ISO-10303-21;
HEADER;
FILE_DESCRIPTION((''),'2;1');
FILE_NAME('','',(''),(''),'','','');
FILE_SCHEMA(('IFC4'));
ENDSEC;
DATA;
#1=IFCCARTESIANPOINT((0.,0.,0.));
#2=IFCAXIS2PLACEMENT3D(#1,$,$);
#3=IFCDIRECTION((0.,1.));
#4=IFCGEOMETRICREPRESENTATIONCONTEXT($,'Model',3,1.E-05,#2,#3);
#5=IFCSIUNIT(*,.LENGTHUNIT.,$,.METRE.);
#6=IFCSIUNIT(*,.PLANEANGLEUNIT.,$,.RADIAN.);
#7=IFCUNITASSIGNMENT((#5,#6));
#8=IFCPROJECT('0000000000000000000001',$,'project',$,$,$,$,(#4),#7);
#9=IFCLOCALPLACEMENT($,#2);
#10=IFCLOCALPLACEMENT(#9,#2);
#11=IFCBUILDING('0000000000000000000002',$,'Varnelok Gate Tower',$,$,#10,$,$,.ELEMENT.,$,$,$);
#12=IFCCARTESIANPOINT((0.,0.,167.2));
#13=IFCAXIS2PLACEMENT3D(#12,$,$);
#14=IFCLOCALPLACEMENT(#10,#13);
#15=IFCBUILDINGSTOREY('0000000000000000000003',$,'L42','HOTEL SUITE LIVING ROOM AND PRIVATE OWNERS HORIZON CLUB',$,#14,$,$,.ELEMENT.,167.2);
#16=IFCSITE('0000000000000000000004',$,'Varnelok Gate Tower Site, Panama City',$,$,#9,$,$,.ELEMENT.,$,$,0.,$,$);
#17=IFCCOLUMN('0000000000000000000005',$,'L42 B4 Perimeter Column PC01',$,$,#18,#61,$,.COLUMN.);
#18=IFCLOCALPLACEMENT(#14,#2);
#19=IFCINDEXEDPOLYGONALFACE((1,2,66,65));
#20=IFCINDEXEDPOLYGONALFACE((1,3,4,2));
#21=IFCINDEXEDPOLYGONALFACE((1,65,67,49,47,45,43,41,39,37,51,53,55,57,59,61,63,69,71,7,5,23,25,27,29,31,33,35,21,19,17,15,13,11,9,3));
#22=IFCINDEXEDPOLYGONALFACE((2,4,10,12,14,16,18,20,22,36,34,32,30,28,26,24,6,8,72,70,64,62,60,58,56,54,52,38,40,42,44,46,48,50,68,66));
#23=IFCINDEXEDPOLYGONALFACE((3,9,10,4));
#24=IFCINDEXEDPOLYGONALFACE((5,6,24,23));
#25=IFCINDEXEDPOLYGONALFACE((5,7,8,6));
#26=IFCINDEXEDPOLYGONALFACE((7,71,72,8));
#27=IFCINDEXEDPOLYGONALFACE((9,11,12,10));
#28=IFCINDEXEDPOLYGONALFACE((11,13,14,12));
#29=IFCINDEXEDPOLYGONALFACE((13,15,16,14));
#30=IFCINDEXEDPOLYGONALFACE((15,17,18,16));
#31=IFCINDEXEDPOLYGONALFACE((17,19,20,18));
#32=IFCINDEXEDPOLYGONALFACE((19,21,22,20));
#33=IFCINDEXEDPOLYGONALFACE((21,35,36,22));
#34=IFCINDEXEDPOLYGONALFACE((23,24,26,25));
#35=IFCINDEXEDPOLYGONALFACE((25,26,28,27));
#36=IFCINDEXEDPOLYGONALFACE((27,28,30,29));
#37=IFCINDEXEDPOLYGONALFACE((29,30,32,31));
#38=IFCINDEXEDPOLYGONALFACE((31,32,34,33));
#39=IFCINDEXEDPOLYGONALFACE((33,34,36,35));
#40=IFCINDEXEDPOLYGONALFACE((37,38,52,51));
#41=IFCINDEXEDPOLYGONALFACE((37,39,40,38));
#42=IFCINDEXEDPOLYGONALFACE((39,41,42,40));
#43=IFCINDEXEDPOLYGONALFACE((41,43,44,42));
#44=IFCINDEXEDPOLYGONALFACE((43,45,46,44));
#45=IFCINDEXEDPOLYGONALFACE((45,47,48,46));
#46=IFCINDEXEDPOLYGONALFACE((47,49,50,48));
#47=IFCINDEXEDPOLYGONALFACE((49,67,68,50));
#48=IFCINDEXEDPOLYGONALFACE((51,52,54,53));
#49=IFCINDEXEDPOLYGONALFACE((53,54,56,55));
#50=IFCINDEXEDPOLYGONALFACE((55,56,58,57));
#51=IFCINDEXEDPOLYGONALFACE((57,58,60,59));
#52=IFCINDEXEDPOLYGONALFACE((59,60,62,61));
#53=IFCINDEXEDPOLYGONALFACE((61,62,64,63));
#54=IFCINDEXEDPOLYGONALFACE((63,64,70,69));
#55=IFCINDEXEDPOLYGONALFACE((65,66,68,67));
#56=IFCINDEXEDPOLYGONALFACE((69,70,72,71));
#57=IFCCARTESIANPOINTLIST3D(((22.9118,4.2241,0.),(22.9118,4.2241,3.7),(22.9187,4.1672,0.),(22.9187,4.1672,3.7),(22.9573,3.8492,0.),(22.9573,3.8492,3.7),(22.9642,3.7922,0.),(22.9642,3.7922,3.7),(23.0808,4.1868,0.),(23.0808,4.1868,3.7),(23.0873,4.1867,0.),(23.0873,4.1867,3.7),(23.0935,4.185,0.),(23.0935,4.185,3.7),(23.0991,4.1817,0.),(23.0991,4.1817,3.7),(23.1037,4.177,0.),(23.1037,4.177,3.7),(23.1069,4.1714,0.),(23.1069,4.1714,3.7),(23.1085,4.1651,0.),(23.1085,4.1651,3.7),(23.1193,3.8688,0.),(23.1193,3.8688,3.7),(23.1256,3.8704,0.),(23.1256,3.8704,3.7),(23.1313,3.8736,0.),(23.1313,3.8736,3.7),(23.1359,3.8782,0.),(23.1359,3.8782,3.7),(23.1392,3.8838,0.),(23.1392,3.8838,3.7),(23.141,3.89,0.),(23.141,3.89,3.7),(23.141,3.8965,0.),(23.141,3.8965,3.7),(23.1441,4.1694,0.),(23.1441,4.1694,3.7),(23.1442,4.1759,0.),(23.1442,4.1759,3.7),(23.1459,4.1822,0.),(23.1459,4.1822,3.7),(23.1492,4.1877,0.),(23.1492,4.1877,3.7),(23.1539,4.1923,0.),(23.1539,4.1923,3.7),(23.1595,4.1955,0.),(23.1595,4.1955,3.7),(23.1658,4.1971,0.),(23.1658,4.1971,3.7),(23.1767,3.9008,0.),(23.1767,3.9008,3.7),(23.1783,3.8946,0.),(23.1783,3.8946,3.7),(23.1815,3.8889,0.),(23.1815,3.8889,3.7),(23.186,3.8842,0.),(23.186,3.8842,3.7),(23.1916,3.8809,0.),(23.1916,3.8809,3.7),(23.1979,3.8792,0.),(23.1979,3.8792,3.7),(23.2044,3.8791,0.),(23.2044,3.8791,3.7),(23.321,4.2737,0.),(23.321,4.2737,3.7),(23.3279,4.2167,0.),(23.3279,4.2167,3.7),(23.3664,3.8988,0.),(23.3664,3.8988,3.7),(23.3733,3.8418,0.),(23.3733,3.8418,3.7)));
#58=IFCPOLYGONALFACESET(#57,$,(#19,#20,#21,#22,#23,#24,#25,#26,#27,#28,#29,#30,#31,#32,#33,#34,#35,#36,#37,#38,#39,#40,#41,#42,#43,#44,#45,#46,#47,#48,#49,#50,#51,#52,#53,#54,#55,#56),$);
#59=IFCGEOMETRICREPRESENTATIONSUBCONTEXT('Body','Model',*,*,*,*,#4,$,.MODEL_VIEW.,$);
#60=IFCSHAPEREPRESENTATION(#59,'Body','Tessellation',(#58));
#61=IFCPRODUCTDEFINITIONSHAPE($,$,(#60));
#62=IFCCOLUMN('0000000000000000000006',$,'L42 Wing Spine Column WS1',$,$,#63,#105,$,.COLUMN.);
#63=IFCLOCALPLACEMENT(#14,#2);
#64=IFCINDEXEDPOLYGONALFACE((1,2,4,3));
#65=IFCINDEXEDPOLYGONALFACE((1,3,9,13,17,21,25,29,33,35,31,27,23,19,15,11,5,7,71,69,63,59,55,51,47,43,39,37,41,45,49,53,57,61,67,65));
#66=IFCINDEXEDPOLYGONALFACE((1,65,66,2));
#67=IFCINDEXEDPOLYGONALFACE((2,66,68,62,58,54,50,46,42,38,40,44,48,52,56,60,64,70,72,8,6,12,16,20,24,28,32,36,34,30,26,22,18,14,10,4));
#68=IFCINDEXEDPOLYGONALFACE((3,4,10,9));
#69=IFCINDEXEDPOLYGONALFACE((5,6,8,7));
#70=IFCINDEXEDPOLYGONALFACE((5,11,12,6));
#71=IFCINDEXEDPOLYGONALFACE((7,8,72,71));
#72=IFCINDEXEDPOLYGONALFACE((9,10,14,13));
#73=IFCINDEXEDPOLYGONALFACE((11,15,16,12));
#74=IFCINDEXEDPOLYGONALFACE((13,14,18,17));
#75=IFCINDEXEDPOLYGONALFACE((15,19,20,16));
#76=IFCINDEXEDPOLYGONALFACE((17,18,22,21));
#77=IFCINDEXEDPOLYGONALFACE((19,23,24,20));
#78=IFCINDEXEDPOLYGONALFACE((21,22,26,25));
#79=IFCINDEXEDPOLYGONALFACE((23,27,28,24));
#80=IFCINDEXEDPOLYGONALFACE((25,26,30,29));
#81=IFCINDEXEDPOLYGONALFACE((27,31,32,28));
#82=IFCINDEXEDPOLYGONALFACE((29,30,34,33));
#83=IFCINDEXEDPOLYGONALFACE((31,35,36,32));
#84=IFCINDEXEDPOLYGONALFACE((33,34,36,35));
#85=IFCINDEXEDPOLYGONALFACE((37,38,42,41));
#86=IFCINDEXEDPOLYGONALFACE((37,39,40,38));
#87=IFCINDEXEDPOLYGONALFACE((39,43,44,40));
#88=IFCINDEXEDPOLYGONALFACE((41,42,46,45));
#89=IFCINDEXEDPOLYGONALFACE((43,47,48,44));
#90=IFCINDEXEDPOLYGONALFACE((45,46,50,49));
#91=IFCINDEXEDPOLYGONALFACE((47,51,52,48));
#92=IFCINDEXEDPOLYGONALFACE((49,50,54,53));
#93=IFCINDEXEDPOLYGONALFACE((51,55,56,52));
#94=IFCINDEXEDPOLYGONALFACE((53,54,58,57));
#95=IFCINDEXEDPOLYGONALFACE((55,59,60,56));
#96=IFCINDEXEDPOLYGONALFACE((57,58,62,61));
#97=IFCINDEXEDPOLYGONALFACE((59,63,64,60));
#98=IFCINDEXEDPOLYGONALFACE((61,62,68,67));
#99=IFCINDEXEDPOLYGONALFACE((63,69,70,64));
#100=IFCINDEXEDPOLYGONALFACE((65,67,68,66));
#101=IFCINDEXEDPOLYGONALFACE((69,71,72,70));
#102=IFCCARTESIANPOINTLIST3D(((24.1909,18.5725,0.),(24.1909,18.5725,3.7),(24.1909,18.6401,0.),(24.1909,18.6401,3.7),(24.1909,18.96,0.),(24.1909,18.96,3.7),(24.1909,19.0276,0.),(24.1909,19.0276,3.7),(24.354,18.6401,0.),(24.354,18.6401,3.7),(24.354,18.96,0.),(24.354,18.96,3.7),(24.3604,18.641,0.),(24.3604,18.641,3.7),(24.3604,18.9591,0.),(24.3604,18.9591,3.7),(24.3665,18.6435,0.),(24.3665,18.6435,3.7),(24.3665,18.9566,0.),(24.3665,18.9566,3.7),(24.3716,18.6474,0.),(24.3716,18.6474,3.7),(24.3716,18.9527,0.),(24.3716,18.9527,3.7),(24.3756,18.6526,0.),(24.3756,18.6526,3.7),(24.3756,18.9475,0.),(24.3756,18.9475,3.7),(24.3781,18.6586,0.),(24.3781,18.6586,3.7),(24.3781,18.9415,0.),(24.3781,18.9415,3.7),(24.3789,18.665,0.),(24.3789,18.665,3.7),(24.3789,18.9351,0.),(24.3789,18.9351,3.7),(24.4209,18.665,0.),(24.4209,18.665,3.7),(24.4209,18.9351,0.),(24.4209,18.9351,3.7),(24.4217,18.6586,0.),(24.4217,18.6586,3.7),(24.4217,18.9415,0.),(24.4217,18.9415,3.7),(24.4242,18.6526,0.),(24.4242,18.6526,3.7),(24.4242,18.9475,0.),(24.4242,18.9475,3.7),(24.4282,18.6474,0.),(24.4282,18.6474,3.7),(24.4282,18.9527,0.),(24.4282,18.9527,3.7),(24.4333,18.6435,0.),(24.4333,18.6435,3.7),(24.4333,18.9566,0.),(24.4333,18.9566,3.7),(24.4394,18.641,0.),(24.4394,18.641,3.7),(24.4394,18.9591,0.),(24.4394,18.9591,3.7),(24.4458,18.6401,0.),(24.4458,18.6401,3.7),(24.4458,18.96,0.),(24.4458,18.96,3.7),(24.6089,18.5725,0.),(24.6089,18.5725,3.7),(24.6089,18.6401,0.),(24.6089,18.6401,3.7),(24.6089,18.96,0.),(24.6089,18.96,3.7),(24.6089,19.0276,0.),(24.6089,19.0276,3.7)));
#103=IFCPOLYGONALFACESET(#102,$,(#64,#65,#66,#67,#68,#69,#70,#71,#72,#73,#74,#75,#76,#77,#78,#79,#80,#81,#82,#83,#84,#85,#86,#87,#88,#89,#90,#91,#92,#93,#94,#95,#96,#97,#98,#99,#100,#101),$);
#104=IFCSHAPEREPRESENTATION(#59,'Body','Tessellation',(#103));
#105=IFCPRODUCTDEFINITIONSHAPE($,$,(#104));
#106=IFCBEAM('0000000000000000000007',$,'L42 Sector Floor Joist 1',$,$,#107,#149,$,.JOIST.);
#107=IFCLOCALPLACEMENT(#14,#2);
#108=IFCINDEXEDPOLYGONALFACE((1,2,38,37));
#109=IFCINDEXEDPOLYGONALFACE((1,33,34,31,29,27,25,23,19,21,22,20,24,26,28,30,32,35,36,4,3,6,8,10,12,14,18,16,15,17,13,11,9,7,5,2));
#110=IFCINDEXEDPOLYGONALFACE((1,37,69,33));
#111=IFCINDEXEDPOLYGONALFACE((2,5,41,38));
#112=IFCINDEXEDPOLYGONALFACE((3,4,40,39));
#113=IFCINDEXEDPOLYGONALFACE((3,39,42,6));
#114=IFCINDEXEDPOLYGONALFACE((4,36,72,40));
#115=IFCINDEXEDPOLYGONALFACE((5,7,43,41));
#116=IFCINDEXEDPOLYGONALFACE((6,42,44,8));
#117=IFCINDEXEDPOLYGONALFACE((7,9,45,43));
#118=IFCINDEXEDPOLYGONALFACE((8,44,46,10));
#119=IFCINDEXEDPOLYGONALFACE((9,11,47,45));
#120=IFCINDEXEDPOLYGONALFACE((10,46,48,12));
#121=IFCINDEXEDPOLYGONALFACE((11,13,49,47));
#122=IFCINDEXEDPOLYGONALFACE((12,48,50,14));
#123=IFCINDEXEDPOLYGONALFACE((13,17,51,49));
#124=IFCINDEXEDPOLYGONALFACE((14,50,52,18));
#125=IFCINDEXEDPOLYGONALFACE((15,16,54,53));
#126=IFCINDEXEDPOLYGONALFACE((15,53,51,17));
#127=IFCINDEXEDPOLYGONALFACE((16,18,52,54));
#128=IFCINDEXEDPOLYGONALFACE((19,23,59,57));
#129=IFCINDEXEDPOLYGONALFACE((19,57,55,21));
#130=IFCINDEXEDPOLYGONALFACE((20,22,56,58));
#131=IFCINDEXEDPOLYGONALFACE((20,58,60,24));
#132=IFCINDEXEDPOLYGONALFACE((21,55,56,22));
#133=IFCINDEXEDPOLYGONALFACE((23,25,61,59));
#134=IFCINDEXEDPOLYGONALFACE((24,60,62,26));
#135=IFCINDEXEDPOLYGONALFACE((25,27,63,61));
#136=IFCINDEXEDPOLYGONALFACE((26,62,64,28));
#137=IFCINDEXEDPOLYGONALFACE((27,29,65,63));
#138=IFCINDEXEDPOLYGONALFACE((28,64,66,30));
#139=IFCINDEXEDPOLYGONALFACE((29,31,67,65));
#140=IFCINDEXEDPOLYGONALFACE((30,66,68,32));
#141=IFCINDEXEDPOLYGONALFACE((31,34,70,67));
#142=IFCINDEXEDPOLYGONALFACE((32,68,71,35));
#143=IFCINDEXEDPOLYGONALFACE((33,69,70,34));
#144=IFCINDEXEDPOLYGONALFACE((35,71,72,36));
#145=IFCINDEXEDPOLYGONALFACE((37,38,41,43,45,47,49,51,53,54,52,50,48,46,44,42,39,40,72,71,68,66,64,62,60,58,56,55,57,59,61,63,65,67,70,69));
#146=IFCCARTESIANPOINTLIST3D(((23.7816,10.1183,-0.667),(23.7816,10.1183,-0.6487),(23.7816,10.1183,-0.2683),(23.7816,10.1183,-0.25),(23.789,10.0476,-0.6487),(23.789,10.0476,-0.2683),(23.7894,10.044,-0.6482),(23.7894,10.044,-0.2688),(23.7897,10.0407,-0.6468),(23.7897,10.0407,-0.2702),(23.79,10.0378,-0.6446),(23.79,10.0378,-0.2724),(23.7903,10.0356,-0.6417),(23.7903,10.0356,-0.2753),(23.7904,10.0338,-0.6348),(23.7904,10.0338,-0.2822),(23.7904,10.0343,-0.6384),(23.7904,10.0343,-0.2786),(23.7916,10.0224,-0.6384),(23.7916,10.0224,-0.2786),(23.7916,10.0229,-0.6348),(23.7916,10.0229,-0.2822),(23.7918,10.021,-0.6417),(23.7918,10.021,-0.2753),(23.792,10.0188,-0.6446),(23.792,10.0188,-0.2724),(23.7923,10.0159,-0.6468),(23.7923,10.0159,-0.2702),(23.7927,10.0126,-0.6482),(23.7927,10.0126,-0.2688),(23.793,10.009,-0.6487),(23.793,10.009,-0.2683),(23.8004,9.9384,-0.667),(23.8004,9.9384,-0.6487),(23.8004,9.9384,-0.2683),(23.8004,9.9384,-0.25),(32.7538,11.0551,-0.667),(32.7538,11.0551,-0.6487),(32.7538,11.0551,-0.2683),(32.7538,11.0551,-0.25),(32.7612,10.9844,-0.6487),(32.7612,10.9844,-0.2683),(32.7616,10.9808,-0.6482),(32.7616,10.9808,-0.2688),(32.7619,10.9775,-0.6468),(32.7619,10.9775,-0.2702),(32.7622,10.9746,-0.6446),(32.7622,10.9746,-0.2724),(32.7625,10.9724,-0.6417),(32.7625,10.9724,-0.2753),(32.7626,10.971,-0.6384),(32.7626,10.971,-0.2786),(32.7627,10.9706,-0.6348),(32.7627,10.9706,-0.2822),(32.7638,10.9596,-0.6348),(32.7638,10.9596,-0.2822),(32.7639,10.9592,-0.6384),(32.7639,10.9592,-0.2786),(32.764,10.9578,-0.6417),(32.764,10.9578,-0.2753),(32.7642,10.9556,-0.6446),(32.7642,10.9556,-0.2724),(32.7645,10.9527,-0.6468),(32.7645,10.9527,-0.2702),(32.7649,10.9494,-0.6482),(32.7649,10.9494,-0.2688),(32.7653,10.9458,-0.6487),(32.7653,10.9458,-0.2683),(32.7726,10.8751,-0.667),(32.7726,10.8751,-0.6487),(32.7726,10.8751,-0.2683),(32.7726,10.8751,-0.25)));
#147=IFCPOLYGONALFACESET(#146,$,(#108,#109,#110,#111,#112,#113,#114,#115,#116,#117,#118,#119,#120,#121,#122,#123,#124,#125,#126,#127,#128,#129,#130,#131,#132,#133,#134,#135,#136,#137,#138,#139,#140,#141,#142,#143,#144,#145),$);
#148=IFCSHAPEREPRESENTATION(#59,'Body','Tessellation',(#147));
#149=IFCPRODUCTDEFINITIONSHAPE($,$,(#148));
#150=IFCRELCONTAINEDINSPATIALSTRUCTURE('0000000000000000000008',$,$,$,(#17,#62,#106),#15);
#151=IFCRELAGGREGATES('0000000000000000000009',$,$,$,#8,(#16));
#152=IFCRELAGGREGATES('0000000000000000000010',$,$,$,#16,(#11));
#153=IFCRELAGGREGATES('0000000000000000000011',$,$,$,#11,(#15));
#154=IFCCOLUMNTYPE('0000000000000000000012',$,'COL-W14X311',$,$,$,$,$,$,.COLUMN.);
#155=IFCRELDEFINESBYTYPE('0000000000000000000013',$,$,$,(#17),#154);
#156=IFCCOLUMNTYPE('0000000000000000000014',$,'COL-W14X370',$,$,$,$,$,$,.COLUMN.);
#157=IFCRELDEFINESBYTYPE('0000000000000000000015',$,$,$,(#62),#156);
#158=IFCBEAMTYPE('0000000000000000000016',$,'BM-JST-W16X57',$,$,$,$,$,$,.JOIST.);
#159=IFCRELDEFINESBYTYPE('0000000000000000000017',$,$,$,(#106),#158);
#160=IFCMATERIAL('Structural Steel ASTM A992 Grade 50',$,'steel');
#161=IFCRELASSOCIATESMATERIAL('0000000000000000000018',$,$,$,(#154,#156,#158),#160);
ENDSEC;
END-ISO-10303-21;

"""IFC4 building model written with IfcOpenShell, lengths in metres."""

from ifc_helpers import new_model, si_unit, direction, frame, origin, origin_2d, place, context, subcontext, project, spatial, i_section, extrude, material, material_profile, profile_set, type_object, element, save


model = new_model("IFC4")

# Units and contexts
model_context = context("Model", 3, precision=1e-05, world=origin(), true_north=direction((0.0, 1.0)))
body_context = subcontext(model_context, "Body", "Model", "MODEL_VIEW")
ifc_project = project(units=[si_unit("LENGTHUNIT", "METRE"), si_unit("PLANEANGLEUNIT", "RADIAN")], contexts=[model_context])

# Site, building, storey
site_placement = place(None, origin())
site = spatial("IfcSite", under=ifc_project, at=site_placement, Name="Varnelok Gate Tower Site, Panama City", CompositionType="ELEMENT", RefElevation=0.0)
building_placement = place(site_placement, origin())
building = spatial("IfcBuilding", under=site, at=building_placement, Name="Varnelok Gate Tower", CompositionType="ELEMENT")
storey_placement = place(building_placement, frame((0.0, 0.0, 167.2)))
storey = spatial("IfcBuildingStorey", under=building, at=storey_placement, Name="L42", Description="HOTEL SUITE LIVING ROOM AND PRIVATE OWNERS HORIZON CLUB", CompositionType="ELEMENT", Elevation=167.2)

# Columns
ifc_material_1 = material(Name="Structural Steel ASTM A992 Grade 50", Category="steel")
ifc_material_profile_1 = material_profile(ifc_material_1, i_section(OverallWidth=0.4121, OverallDepth=0.4351, WebThickness=0.0359, FlangeThickness=0.0574, FilletRadius=0.0249, at=origin_2d()), Name="W14X311")
ifc_profile_set_1 = profile_set([ifc_material_profile_1], Name="Structural Steel ASTM A992 Grade 50")
column_type_1 = type_object("IfcColumnType", Name="COL-W14X311", PredefinedType="COLUMN", material=ifc_profile_set_1)
column_1_placement = place(storey_placement, frame((23.1426, 4.033, 0.0), z_axis=(0.0, 0.0, 1.0), x_axis=(0.992732, 0.120345, 0.0)))
element("IfcColumn", 1, at=column_1_placement, inside=storey, type_object=column_type_1, Name="L42 B4 Perimeter Column PC01", PredefinedType="COLUMN", context=body_context, shape_type="SweptSolid", body=[
    extrude(i_section(OverallWidth=0.4121, OverallDepth=0.4351, WebThickness=0.0359, FlangeThickness=0.0574, FilletRadius=0.0249, at=origin_2d()), origin(), (0.0, 0.0, 1.0), 3.7),
])
ifc_material_profile_2 = material_profile(ifc_material_1, i_section(OverallWidth=0.418, OverallDepth=0.4551, WebThickness=0.042, FlangeThickness=0.0676, FilletRadius=0.0249, at=origin_2d()), Name="W14X370")
ifc_profile_set_2 = profile_set([ifc_material_profile_2], Name="Structural Steel ASTM A992 Grade 50")
column_type_2 = type_object("IfcColumnType", Name="COL-W14X370", PredefinedType="COLUMN", material=ifc_profile_set_2)
column_2_placement = place(storey_placement, frame((24.3999, 18.8, 0.0), z_axis=(0.0, 0.0, 1.0), x_axis=(1.0, 0.0, 0.0)))
element("IfcColumn", 2, at=column_2_placement, inside=storey, type_object=column_type_2, Name="L42 Wing Spine Column WS1", PredefinedType="COLUMN", context=body_context, shape_type="SweptSolid", body=[
    extrude(i_section(OverallWidth=0.418, OverallDepth=0.4551, WebThickness=0.042, FlangeThickness=0.0676, FilletRadius=0.0249, at=origin_2d()), origin(), (0.0, 0.0, 1.0), 3.7),
])

# Beam
ifc_material_profile_3 = material_profile(ifc_material_1, i_section(OverallWidth=0.1809, OverallDepth=0.417, WebThickness=0.011, FlangeThickness=0.0183, FilletRadius=0.0139, at=origin_2d()), Name="W16X57")
ifc_profile_set_3 = profile_set([ifc_material_profile_3], Name="Structural Steel ASTM A992 Grade 50")
beam_type_1 = type_object("IfcBeamType", Name="BM-JST-W16X57", PredefinedType="JOIST", material=ifc_profile_set_3)
beam_1_placement = place(storey_placement, frame((23.791, 10.0283, -0.4585), z_axis=(0.994594, 0.103844, 0.0), x_axis=(-0.103844, 0.994594, 0.0)))
element("IfcBeam", 3, at=beam_1_placement, inside=storey, type_object=beam_type_1, Name="L42 Sector Floor Joist 1", PredefinedType="JOIST", context=body_context, shape_type="SweptSolid", body=[
    extrude(i_section(OverallWidth=0.1809, OverallDepth=0.417, WebThickness=0.011, FlangeThickness=0.0183, FilletRadius=0.0139, at=origin_2d()), origin(), (0.0, 0.0, 1.0), 9.021),
])

save(model, "model.ifc")
